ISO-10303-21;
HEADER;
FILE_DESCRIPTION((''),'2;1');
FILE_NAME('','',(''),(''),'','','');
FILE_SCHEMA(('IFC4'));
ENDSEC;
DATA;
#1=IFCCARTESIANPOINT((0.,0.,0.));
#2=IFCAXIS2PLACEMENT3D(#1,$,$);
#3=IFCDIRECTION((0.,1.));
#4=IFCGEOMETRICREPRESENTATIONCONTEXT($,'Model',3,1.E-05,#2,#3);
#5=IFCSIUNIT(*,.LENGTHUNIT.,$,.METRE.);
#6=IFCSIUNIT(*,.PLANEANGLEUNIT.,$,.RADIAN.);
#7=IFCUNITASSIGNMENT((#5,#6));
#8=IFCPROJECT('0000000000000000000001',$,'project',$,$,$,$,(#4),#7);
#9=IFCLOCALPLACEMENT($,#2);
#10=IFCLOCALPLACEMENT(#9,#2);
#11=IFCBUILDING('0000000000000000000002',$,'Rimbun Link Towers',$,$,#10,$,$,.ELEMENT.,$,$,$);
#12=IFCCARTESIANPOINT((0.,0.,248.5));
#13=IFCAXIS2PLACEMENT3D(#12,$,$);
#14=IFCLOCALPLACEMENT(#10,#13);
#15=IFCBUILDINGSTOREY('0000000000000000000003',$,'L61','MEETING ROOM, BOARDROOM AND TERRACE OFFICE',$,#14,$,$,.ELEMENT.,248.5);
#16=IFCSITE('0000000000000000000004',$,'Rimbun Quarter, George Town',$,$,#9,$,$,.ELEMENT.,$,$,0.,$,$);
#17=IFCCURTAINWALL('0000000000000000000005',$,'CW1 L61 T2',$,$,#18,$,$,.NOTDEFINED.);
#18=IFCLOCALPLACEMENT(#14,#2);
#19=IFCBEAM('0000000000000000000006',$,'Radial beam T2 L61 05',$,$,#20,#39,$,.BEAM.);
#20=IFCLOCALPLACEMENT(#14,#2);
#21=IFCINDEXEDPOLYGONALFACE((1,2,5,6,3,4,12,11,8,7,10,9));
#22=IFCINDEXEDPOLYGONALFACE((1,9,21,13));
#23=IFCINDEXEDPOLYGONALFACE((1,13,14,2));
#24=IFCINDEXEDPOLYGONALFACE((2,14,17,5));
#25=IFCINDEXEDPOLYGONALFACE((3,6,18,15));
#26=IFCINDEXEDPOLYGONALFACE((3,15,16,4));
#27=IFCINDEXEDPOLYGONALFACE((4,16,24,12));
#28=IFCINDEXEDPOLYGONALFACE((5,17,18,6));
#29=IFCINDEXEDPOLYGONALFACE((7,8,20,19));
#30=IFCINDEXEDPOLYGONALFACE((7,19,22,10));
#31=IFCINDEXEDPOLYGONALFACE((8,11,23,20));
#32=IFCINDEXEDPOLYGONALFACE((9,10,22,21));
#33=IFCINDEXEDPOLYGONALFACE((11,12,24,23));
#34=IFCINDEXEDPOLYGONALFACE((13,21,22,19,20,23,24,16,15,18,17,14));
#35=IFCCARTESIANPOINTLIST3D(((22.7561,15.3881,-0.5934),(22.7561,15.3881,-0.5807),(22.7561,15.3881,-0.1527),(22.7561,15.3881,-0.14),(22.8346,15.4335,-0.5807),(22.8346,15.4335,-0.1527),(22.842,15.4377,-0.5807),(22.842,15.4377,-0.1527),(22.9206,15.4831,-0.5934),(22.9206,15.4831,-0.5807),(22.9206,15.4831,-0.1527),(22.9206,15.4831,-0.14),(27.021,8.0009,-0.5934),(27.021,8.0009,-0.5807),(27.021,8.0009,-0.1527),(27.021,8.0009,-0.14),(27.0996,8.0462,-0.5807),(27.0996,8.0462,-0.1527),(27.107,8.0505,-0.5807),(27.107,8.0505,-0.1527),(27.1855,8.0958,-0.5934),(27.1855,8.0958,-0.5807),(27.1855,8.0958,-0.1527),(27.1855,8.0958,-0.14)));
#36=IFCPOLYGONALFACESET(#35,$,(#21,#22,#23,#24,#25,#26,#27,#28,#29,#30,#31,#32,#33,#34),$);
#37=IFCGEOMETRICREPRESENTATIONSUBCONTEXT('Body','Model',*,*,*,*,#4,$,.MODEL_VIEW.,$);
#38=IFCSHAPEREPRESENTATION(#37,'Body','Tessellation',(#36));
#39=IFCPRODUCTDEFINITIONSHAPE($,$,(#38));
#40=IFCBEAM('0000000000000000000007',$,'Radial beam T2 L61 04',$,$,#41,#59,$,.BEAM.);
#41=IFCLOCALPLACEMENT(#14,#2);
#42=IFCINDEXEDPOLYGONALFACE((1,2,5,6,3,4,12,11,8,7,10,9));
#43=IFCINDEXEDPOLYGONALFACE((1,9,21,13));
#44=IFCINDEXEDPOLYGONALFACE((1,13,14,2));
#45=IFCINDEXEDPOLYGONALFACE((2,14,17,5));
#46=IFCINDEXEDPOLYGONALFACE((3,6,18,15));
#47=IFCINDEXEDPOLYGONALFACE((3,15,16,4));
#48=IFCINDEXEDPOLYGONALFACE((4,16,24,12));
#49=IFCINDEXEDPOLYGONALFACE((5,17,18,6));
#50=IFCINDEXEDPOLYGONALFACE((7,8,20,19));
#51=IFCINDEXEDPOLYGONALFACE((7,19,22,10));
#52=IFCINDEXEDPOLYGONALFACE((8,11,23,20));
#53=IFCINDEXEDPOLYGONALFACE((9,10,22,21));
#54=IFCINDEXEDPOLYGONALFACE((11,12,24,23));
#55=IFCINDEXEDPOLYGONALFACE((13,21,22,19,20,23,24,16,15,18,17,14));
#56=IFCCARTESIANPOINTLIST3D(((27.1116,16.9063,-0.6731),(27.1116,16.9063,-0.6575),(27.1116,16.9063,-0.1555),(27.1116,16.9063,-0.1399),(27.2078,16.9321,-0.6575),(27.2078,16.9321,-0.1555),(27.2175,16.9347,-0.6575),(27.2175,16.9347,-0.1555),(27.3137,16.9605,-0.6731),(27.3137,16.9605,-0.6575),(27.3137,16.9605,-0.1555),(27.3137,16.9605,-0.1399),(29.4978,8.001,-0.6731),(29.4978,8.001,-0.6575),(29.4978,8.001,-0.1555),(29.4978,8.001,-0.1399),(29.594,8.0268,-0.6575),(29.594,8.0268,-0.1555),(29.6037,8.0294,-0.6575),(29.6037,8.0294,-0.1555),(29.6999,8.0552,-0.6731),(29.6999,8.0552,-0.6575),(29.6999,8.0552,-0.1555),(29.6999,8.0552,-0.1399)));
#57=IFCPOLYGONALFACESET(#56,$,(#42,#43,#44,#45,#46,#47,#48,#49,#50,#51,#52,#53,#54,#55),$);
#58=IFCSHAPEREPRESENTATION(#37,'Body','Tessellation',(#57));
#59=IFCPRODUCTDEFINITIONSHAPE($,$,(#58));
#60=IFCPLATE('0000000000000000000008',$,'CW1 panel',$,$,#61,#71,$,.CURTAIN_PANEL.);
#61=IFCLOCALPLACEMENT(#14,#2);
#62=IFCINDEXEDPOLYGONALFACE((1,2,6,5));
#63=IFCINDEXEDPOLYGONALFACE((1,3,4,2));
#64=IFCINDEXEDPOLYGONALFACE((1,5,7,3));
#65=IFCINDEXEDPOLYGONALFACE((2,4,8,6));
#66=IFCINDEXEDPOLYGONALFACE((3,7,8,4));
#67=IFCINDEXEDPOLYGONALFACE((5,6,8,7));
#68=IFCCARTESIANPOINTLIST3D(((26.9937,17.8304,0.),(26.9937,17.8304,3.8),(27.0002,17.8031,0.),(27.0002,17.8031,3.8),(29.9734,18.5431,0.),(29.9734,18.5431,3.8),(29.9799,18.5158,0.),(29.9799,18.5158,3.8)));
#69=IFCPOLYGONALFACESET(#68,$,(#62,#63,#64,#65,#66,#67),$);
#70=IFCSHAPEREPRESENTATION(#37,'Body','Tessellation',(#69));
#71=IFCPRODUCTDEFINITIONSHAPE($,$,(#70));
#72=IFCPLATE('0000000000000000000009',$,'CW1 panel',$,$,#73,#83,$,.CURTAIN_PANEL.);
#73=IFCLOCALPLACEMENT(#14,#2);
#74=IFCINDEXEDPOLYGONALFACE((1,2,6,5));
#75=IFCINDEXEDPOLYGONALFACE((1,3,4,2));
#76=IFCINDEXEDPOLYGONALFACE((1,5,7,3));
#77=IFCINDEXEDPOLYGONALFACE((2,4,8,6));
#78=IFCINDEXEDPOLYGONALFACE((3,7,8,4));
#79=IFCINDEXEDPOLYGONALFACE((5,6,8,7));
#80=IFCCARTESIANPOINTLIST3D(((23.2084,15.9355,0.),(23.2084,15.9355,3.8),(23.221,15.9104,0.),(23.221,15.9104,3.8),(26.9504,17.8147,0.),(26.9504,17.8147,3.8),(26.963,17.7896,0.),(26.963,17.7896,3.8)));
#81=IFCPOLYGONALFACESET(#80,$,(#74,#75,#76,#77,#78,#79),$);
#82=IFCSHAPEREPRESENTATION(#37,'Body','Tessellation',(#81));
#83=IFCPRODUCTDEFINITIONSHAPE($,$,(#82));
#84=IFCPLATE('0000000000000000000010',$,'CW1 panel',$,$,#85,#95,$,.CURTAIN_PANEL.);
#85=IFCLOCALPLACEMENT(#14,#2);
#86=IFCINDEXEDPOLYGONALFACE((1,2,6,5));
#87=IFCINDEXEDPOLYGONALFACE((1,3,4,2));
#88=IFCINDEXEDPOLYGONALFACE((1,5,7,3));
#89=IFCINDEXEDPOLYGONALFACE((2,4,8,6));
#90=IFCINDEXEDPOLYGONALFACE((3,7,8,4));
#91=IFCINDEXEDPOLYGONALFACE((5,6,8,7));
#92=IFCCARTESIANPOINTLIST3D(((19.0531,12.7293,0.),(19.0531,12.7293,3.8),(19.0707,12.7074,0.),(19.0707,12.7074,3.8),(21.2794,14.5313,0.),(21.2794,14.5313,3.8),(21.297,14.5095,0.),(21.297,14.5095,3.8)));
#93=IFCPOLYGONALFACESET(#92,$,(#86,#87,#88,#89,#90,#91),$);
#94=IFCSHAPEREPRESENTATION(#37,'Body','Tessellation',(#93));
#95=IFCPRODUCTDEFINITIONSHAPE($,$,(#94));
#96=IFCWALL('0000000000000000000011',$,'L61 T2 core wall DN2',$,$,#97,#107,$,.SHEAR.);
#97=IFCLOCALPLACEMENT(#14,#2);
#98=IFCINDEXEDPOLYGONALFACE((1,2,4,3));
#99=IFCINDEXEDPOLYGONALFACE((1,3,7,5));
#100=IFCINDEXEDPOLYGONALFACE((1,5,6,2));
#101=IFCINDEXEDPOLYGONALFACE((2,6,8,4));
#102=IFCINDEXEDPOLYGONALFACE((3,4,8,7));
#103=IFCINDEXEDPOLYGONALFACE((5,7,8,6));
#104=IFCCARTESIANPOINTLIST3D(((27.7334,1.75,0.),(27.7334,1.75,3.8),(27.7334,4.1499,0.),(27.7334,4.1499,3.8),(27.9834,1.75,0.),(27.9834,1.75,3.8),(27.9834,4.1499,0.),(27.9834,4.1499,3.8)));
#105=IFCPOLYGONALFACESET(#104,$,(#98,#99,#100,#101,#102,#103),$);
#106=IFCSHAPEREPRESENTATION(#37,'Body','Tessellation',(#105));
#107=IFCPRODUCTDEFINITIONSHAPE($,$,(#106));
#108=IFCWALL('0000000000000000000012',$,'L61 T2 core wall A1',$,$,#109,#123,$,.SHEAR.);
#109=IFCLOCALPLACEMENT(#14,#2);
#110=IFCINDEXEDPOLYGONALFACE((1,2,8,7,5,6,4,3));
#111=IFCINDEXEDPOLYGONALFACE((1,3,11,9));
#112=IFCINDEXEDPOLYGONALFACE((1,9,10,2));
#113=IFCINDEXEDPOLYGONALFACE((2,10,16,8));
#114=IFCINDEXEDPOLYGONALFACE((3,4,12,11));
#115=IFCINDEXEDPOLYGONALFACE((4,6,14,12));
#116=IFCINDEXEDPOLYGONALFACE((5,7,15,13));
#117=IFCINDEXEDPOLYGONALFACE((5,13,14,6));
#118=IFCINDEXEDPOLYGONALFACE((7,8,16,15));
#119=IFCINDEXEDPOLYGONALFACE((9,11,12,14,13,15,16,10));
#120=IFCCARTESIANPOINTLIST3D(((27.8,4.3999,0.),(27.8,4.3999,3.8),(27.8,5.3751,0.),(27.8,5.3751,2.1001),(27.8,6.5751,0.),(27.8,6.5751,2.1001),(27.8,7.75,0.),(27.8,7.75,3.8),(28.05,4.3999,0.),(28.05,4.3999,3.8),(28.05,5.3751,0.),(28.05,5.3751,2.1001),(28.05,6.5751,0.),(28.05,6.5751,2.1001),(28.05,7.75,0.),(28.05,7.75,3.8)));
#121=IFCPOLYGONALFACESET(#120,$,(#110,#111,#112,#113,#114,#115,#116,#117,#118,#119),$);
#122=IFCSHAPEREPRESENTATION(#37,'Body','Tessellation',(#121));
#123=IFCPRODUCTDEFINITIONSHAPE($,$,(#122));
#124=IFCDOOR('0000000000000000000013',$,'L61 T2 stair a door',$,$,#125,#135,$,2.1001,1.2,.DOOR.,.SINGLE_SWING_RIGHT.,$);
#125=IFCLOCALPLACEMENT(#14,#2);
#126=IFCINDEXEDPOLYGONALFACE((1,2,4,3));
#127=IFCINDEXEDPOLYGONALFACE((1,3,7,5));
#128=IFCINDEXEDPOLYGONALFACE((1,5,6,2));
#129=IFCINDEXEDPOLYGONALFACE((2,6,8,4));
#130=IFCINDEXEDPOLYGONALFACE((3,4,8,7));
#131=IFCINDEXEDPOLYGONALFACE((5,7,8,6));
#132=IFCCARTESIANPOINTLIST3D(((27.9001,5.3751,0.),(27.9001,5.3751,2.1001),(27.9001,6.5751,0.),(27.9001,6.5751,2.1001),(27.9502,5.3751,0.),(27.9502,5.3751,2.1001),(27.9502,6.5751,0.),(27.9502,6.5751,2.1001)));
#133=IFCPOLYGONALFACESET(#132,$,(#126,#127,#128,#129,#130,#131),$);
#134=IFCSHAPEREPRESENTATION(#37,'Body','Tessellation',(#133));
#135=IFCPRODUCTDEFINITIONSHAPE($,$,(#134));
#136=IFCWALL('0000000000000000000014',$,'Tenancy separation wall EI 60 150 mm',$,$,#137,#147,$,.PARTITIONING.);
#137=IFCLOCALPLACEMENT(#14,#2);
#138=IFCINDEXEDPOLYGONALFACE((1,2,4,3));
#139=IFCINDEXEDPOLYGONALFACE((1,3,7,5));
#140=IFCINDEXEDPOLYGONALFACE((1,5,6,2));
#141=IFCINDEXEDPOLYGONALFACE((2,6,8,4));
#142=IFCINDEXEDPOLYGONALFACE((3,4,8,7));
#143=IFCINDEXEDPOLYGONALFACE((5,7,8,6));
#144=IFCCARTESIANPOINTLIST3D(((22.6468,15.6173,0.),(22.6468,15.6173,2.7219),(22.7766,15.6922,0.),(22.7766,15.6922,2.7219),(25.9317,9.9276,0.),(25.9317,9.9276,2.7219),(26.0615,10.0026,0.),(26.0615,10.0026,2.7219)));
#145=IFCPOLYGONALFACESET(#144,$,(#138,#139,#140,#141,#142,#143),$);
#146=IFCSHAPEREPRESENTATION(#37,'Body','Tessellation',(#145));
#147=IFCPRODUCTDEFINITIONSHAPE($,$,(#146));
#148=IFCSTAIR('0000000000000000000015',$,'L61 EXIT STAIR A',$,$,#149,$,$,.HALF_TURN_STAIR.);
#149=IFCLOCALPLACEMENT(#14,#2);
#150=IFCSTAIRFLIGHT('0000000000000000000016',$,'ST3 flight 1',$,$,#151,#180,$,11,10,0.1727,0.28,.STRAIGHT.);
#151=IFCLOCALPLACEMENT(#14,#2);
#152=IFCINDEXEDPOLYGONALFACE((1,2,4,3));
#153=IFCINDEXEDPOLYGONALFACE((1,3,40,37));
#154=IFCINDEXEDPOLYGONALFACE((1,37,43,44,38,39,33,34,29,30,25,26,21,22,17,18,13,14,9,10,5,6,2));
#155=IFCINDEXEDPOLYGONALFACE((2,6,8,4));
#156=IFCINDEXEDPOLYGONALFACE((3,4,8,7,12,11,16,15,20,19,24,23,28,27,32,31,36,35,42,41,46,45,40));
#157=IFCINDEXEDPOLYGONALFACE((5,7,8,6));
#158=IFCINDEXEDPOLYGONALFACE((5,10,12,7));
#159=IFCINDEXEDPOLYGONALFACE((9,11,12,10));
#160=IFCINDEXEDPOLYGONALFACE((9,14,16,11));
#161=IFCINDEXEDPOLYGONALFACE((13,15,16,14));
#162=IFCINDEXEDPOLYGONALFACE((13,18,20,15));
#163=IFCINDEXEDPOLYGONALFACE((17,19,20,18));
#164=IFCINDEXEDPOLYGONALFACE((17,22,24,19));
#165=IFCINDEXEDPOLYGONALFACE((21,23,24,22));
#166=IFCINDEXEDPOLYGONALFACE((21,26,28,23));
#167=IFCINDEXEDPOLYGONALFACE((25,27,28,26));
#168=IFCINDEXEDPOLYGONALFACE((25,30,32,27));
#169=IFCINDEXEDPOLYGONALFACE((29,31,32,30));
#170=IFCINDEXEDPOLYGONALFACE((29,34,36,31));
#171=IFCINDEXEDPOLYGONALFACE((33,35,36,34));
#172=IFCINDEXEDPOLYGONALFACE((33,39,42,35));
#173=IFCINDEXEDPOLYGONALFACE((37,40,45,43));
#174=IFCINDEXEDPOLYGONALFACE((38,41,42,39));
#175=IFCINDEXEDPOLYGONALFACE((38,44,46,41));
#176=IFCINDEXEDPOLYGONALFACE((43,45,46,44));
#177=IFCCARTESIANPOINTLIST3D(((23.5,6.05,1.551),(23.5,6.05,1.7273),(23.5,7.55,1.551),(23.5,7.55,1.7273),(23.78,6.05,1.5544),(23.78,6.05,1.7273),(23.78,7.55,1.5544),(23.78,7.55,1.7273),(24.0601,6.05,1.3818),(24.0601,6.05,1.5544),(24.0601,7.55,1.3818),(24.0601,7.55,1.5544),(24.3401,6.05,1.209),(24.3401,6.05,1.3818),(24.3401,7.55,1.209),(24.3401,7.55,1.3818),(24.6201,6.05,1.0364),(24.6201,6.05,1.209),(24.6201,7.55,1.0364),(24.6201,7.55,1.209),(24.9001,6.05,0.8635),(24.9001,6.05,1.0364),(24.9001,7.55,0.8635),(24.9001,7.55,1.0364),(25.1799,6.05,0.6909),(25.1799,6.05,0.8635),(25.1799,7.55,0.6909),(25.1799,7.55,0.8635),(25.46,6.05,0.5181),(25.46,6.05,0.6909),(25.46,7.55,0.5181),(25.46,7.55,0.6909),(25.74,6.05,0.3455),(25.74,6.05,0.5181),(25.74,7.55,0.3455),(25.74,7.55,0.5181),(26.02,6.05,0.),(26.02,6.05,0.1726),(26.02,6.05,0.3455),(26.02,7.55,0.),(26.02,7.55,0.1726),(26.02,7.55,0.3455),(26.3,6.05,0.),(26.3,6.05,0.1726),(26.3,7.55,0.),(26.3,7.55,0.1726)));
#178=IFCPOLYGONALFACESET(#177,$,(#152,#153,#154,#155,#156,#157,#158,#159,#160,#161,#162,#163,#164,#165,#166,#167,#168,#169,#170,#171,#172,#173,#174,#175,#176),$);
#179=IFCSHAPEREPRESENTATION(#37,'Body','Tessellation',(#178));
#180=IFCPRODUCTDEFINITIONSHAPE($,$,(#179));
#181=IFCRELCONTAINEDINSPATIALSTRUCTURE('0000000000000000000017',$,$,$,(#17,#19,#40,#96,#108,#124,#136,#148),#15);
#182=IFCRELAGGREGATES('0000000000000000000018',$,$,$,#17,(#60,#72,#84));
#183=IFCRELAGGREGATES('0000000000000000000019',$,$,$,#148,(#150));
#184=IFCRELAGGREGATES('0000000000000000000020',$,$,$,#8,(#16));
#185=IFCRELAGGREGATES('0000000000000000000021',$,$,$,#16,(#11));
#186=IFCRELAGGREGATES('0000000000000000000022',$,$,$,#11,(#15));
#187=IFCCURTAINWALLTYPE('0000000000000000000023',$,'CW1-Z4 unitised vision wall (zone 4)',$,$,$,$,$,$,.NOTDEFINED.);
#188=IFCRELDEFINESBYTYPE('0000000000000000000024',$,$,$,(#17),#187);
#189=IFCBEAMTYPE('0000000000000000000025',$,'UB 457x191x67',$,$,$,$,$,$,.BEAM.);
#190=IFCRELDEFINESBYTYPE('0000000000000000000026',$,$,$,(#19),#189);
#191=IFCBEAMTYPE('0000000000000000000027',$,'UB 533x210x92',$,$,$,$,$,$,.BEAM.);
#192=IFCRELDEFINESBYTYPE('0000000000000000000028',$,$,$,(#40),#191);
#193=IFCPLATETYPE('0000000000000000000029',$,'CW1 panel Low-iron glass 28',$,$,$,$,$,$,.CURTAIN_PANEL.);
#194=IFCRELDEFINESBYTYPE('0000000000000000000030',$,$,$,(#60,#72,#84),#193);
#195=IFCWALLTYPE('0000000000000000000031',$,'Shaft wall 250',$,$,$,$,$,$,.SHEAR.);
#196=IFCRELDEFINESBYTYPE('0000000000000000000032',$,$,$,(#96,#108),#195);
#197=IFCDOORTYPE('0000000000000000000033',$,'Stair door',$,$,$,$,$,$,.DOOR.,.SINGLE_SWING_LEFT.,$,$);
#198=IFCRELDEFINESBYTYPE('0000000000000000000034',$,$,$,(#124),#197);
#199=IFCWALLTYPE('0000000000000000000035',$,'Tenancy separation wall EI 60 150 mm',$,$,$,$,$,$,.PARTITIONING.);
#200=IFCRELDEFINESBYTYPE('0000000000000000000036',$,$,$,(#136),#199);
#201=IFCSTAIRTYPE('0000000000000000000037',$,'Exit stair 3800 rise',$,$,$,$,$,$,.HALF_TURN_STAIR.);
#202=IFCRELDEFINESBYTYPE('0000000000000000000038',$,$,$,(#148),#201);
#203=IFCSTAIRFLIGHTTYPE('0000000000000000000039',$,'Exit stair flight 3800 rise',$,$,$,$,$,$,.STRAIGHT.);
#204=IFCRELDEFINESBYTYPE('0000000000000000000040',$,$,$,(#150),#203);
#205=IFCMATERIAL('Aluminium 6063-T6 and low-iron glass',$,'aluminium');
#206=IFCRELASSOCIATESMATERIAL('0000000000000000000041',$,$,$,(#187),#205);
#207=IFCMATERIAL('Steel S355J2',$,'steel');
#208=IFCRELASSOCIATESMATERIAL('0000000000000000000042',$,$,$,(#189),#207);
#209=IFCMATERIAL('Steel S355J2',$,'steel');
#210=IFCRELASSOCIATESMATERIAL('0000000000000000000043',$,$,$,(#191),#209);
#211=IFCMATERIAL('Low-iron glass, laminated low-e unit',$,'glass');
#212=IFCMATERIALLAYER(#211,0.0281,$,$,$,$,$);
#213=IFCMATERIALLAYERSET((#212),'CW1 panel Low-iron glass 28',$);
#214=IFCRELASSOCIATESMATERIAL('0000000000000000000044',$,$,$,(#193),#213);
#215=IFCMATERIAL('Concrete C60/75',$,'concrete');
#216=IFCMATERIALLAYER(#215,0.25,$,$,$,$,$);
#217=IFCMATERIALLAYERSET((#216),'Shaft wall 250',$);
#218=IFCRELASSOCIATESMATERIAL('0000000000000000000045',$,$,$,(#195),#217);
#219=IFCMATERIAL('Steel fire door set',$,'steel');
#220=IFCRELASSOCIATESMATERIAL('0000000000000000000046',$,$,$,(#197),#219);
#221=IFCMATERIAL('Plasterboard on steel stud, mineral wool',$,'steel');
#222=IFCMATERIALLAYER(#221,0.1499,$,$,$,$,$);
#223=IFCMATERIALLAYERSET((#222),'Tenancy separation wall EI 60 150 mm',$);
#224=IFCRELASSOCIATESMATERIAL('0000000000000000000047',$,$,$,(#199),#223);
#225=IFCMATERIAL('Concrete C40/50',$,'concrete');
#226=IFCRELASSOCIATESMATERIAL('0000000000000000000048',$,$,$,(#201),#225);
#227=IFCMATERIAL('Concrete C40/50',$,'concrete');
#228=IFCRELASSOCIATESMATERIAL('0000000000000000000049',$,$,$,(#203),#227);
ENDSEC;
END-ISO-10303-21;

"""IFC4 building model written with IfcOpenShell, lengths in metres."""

from ifc_helpers import new_model, si_unit, direction, frame, frame_2d, origin, origin_2d, place, context, subcontext, project, spatial, polyline, rectangle, i_section, outline, extrude, material, layer, layer_set, material_profile, profile_set, type_object, element, fill, aggregate, save


model = new_model("IFC4")

# Units and contexts
model_context = context("Model", 3, precision=1e-05, world=origin(), true_north=direction((0.0, 1.0)))
body_context = subcontext(model_context, "Body", "Model", "MODEL_VIEW")
ifc_project = project(units=[si_unit("LENGTHUNIT", "METRE"), si_unit("PLANEANGLEUNIT", "RADIAN")], contexts=[model_context])

# Site, building, storey
site_placement = place(None, origin())
site = spatial("IfcSite", under=ifc_project, at=site_placement, Name="Rimbun Quarter, George Town", CompositionType="ELEMENT", RefElevation=0.0)
building_placement = place(site_placement, origin())
building = spatial("IfcBuilding", under=site, at=building_placement, Name="Rimbun Link Towers", CompositionType="ELEMENT")
storey_placement = place(building_placement, frame((0.0, 0.0, 248.5)))
storey = spatial("IfcBuildingStorey", under=building, at=storey_placement, Name="L61", Description="MEETING ROOM, BOARDROOM AND TERRACE OFFICE", CompositionType="ELEMENT", Elevation=248.5)

# Curtain wall
ifc_material_1 = material(Name="Aluminium 6063-T6 and low-iron glass", Category="aluminium")
curtain_wall_type = type_object("IfcCurtainWallType", Name="CW1-Z4 unitised vision wall (zone 4)", PredefinedType="NOTDEFINED", material=ifc_material_1)
curtain_wall_placement = place(storey_placement, origin())
curtain_wall = element("IfcCurtainWall", 1, at=curtain_wall_placement, inside=storey, type_object=curtain_wall_type, Name="CW1 L61 T2", PredefinedType="NOTDEFINED")

# Beams
ifc_material_2 = material(Name="Steel S355J2", Category="steel")
ifc_material_profile_1 = material_profile(ifc_material_2, i_section(OverallWidth=0.1899, OverallDepth=0.4534, WebThickness=0.0085, FlangeThickness=0.0127, at=origin_2d()), Name="UB 457x191x67")
ifc_profile_set_1 = profile_set([ifc_material_profile_1], Name="Steel S355J2")
beam_type_1 = type_object("IfcBeamType", Name="UB 457x191x67", PredefinedType="BEAM", material=ifc_profile_set_1)
beam_1_placement = place(storey_placement, frame((27.1033, 8.0483, -0.3667), z_axis=(-0.49999, 0.866031, 0.0), x_axis=(-0.866031, -0.49999, 0.0)))
element("IfcBeam", 2, at=beam_1_placement, inside=storey, type_object=beam_type_1, Name="Radial beam T2 L61 05", PredefinedType="BEAM", context=body_context, shape_type="SweptSolid", body=[
    extrude(i_section(OverallWidth=0.1899, OverallDepth=0.4534, WebThickness=0.0085, FlangeThickness=0.0127, at=origin_2d()), origin(), (0.0, 0.0, 1.0), 8.53),
])
ifc_material_3 = material(Name="Steel S355J2", Category="steel")
ifc_material_profile_2 = material_profile(ifc_material_3, i_section(OverallWidth=0.2092, OverallDepth=0.5332, WebThickness=0.01, FlangeThickness=0.0156, at=origin_2d()), Name="UB 533x210x92")
ifc_profile_set_2 = profile_set([ifc_material_profile_2], Name="Steel S355J2")
beam_type_2 = type_object("IfcBeamType", Name="UB 533x210x92", PredefinedType="BEAM", material=ifc_profile_set_2)
beam_2_placement = place(storey_placement, frame((29.5989, 8.0281, -0.4065), z_axis=(-0.258826, 0.965924, 0.0), x_axis=(-0.965924, -0.258826, 0.0)))
element("IfcBeam", 3, at=beam_2_placement, inside=storey, type_object=beam_type_2, Name="Radial beam T2 L61 04", PredefinedType="BEAM", context=body_context, shape_type="SweptSolid", body=[
    extrude(i_section(OverallWidth=0.2092, OverallDepth=0.5332, WebThickness=0.01, FlangeThickness=0.0156, at=origin_2d()), origin(), (0.0, 0.0, 1.0), 9.2195),
])

# Plates
ifc_material_4 = material(Name="Low-iron glass, laminated low-e unit", Category="glass")
ifc_layer_1 = layer(ifc_material_4, 0.0281)
ifc_layer_set_1 = layer_set([ifc_layer_1], Name="CW1 panel Low-iron glass 28")
plate_type = type_object("IfcPlateType", Name="CW1 panel Low-iron glass 28", PredefinedType="CURTAIN_PANEL", material=ifc_layer_set_1)
plate_1_placement = place(storey_placement, frame((28.4868, 18.1731, 0.0), z_axis=(0.0, 0.0, 1.0), x_axis=(0.972571, 0.232605, 0.0)))
plate_1 = element("IfcPlate", 4, at=plate_1_placement, type_object=plate_type, Name="CW1 panel", PredefinedType="CURTAIN_PANEL", context=body_context, shape_type="SweptSolid", body=[
    extrude(rectangle(XDim=3.0637, YDim=0.0281, at=origin_2d()), origin(), (0.0, 0.0, 1.0), 3.8),
])
plate_2_placement = place(storey_placement, frame((25.0857, 16.8625, 0.0), z_axis=(0.0, 0.0, 1.0), x_axis=(0.893647, 0.44877, 0.0)))
plate_2 = element("IfcPlate", 5, at=plate_2_placement, type_object=plate_type, Name="CW1 panel", PredefinedType="CURTAIN_PANEL", context=body_context, shape_type="SweptSolid", body=[
    extrude(rectangle(XDim=4.1873, YDim=0.0281, at=origin_2d()), origin(), (0.0, 0.0, 1.0), 3.8),
])
plate_3_placement = place(storey_placement, frame((20.175, 13.6194, 0.0), z_axis=(0.0, 0.0, 1.0), x_axis=(0.777277, 0.629159, 0.0)))
plate_3 = element("IfcPlate", 6, at=plate_3_placement, type_object=plate_type, Name="CW1 panel", PredefinedType="CURTAIN_PANEL", context=body_context, shape_type="SweptSolid", body=[
    extrude(rectangle(XDim=2.8643, YDim=0.0281, at=origin_2d()), origin(), (0.0, 0.0, 1.0), 3.8),
])
aggregate(curtain_wall, [plate_1, plate_2, plate_3])

# Wall
ifc_material_5 = material(Name="Concrete C60/75", Category="concrete")
ifc_layer_2 = layer(ifc_material_5, 0.25)
ifc_layer_set_2 = layer_set([ifc_layer_2], Name="Shaft wall 250")
wall_type_1 = type_object("IfcWallType", Name="Shaft wall 250", PredefinedType="SHEAR", material=ifc_layer_set_2)
wall_1_placement = place(storey_placement, frame((27.8584, 1.75, 0.0), z_axis=(0.0, 0.0, 1.0), x_axis=(0.0, 1.0, 0.0)))
element("IfcWall", 7, at=wall_1_placement, inside=storey, type_object=wall_type_1, Name="L61 T2 core wall DN2", PredefinedType="SHEAR", context=body_context, shape_type="SweptSolid", body=[
    extrude(rectangle(XDim=2.3999, YDim=0.25, at=frame_2d((1.2, 0.0))), origin(), (0.0, 0.0, 1.0), 3.8),
])

# Wall, opening, door
wall_2_placement = place(storey_placement, frame((27.925, 4.3999, 0.0), z_axis=(0.0, 0.0, 1.0), x_axis=(0.0, 1.0, 0.0)))
wall_2 = element("IfcWall", 8, at=wall_2_placement, inside=storey, type_object=wall_type_1, Name="L61 T2 core wall A1", PredefinedType="SHEAR", context=body_context, shape_type="SweptSolid", body=[
    extrude(rectangle(XDim=3.3501, YDim=0.25, at=frame_2d((1.675, 0.0))), origin(), (0.0, 0.0, 1.0), 3.8),
])
opening_placement = place(wall_2_placement, frame((0.9751, 0.0, 0.0)))
opening = element("IfcOpeningElement", 9, at=opening_placement, cuts=wall_2, PredefinedType="OPENING", context=body_context, shape_type="SweptSolid", body=[
    extrude(rectangle(XDim=1.2, YDim=2.1001, at=frame_2d((0.6001, 1.05))), frame((0.0, 0.135, 0.0), z_axis=(0.0, -1.0, 0.0), x_axis=(1.0, 0.0, 0.0)), (0.0, 0.0, 1.0), 0.27),
])
ifc_material_6 = material(Name="Steel fire door set", Category="steel")
door_type = type_object("IfcDoorType", Name="Stair door", OperationType="SINGLE_SWING_LEFT", PredefinedType="DOOR", material=ifc_material_6)
door_placement = place(opening_placement, origin())
door = element("IfcDoor", 10, at=door_placement, inside=storey, type_object=door_type, Name="L61 T2 stair a door", OperationType="SINGLE_SWING_RIGHT", OverallHeight=2.1001, OverallWidth=1.2, PredefinedType="DOOR", context=body_context, shape_type="SweptSolid", body=[
    extrude(rectangle(XDim=1.2, YDim=2.1001, at=frame_2d((0.6001, 1.05))), frame((0.0, 0.0249, 0.0), z_axis=(0.0, -1.0, 0.0), x_axis=(1.0, 0.0, 0.0)), (0.0, 0.0, 1.0), 0.05),
])
fill(opening, door)

# Wall
ifc_material_7 = material(Name="Plasterboard on steel stud, mineral wool", Category="steel")
ifc_layer_3 = layer(ifc_material_7, 0.1499)
ifc_layer_set_3 = layer_set([ifc_layer_3], Name="Tenancy separation wall EI 60 150 mm")
wall_type_2 = type_object("IfcWallType", Name="Tenancy separation wall EI 60 150 mm", PredefinedType="PARTITIONING", material=ifc_layer_set_3)
wall_3_placement = place(storey_placement, frame((25.9966, 9.9651, 0.0), z_axis=(0.0, 0.0, 1.0), x_axis=(-0.499996, 0.866028, 0.0)))
element("IfcWall", 11, at=wall_3_placement, inside=storey, type_object=wall_type_2, Name="Tenancy separation wall EI 60 150 mm", PredefinedType="PARTITIONING", context=body_context, shape_type="SweptSolid", body=[
    extrude(rectangle(XDim=6.5698, YDim=0.1499, at=frame_2d((3.2849, 0.0))), origin(), (0.0, 0.0, 1.0), 2.7219),
])

# Stair, stair flight
ifc_material_8 = material(Name="Concrete C40/50", Category="concrete")
stair_type = type_object("IfcStairType", Name="Exit stair 3800 rise", PredefinedType="HALF_TURN_STAIR", material=ifc_material_8)
stair_placement = place(storey_placement, origin())
stair = element("IfcStair", 12, at=stair_placement, inside=storey, type_object=stair_type, Name="L61 EXIT STAIR A", PredefinedType="HALF_TURN_STAIR")
ifc_material_9 = material(Name="Concrete C40/50", Category="concrete")
stair_flight_type = type_object("IfcStairFlightType", Name="Exit stair flight 3800 rise", PredefinedType="STRAIGHT", material=ifc_material_9)
stair_flight_1_placement = place(storey_placement, frame((26.3, 6.8, 0.0), z_axis=(0.0, 0.0, 1.0), x_axis=(-1.0, 0.0, 0.0)))
stair_flight_1 = element("IfcStairFlight", 13, at=stair_flight_1_placement, type_object=stair_flight_type, Name="ST3 flight 1", NumberOfRisers=11, NumberOfTreads=10, PredefinedType="STRAIGHT", RiserHeight=0.1727, TreadLength=0.28, context=body_context, shape_type="SweptSolid", body=[
    extrude(outline(polyline([(0.0, 0.0), (0.0, 0.1726), (0.28, 0.1726), (0.28, 0.3455), (0.5601, 0.3455), (0.5601, 0.5181), (0.8401, 0.5181), (0.8401, 0.6909), (1.1201, 0.6909), (1.1201, 0.8635), (1.3999, 0.8635), (1.3999, 1.0364), (1.6799, 1.0364), (1.6799, 1.209), (1.96, 1.209), (1.96, 1.3818), (2.24, 1.3818), (2.24, 1.5544), (2.52, 1.5544), (2.52, 1.7273), (2.8, 1.7273), (2.8, 1.8999), (2.8, 1.551), (0.28, 0.0), (0.0, 0.0)])), frame((0.0, 0.75, 0.0), z_axis=(0.0, -1.0, 0.0), x_axis=(1.0, 0.0, 0.0)), (0.0, 0.0, 1.0), 1.5),
])
aggregate(stair, [stair_flight_1])

save(model, "model.ifc")
